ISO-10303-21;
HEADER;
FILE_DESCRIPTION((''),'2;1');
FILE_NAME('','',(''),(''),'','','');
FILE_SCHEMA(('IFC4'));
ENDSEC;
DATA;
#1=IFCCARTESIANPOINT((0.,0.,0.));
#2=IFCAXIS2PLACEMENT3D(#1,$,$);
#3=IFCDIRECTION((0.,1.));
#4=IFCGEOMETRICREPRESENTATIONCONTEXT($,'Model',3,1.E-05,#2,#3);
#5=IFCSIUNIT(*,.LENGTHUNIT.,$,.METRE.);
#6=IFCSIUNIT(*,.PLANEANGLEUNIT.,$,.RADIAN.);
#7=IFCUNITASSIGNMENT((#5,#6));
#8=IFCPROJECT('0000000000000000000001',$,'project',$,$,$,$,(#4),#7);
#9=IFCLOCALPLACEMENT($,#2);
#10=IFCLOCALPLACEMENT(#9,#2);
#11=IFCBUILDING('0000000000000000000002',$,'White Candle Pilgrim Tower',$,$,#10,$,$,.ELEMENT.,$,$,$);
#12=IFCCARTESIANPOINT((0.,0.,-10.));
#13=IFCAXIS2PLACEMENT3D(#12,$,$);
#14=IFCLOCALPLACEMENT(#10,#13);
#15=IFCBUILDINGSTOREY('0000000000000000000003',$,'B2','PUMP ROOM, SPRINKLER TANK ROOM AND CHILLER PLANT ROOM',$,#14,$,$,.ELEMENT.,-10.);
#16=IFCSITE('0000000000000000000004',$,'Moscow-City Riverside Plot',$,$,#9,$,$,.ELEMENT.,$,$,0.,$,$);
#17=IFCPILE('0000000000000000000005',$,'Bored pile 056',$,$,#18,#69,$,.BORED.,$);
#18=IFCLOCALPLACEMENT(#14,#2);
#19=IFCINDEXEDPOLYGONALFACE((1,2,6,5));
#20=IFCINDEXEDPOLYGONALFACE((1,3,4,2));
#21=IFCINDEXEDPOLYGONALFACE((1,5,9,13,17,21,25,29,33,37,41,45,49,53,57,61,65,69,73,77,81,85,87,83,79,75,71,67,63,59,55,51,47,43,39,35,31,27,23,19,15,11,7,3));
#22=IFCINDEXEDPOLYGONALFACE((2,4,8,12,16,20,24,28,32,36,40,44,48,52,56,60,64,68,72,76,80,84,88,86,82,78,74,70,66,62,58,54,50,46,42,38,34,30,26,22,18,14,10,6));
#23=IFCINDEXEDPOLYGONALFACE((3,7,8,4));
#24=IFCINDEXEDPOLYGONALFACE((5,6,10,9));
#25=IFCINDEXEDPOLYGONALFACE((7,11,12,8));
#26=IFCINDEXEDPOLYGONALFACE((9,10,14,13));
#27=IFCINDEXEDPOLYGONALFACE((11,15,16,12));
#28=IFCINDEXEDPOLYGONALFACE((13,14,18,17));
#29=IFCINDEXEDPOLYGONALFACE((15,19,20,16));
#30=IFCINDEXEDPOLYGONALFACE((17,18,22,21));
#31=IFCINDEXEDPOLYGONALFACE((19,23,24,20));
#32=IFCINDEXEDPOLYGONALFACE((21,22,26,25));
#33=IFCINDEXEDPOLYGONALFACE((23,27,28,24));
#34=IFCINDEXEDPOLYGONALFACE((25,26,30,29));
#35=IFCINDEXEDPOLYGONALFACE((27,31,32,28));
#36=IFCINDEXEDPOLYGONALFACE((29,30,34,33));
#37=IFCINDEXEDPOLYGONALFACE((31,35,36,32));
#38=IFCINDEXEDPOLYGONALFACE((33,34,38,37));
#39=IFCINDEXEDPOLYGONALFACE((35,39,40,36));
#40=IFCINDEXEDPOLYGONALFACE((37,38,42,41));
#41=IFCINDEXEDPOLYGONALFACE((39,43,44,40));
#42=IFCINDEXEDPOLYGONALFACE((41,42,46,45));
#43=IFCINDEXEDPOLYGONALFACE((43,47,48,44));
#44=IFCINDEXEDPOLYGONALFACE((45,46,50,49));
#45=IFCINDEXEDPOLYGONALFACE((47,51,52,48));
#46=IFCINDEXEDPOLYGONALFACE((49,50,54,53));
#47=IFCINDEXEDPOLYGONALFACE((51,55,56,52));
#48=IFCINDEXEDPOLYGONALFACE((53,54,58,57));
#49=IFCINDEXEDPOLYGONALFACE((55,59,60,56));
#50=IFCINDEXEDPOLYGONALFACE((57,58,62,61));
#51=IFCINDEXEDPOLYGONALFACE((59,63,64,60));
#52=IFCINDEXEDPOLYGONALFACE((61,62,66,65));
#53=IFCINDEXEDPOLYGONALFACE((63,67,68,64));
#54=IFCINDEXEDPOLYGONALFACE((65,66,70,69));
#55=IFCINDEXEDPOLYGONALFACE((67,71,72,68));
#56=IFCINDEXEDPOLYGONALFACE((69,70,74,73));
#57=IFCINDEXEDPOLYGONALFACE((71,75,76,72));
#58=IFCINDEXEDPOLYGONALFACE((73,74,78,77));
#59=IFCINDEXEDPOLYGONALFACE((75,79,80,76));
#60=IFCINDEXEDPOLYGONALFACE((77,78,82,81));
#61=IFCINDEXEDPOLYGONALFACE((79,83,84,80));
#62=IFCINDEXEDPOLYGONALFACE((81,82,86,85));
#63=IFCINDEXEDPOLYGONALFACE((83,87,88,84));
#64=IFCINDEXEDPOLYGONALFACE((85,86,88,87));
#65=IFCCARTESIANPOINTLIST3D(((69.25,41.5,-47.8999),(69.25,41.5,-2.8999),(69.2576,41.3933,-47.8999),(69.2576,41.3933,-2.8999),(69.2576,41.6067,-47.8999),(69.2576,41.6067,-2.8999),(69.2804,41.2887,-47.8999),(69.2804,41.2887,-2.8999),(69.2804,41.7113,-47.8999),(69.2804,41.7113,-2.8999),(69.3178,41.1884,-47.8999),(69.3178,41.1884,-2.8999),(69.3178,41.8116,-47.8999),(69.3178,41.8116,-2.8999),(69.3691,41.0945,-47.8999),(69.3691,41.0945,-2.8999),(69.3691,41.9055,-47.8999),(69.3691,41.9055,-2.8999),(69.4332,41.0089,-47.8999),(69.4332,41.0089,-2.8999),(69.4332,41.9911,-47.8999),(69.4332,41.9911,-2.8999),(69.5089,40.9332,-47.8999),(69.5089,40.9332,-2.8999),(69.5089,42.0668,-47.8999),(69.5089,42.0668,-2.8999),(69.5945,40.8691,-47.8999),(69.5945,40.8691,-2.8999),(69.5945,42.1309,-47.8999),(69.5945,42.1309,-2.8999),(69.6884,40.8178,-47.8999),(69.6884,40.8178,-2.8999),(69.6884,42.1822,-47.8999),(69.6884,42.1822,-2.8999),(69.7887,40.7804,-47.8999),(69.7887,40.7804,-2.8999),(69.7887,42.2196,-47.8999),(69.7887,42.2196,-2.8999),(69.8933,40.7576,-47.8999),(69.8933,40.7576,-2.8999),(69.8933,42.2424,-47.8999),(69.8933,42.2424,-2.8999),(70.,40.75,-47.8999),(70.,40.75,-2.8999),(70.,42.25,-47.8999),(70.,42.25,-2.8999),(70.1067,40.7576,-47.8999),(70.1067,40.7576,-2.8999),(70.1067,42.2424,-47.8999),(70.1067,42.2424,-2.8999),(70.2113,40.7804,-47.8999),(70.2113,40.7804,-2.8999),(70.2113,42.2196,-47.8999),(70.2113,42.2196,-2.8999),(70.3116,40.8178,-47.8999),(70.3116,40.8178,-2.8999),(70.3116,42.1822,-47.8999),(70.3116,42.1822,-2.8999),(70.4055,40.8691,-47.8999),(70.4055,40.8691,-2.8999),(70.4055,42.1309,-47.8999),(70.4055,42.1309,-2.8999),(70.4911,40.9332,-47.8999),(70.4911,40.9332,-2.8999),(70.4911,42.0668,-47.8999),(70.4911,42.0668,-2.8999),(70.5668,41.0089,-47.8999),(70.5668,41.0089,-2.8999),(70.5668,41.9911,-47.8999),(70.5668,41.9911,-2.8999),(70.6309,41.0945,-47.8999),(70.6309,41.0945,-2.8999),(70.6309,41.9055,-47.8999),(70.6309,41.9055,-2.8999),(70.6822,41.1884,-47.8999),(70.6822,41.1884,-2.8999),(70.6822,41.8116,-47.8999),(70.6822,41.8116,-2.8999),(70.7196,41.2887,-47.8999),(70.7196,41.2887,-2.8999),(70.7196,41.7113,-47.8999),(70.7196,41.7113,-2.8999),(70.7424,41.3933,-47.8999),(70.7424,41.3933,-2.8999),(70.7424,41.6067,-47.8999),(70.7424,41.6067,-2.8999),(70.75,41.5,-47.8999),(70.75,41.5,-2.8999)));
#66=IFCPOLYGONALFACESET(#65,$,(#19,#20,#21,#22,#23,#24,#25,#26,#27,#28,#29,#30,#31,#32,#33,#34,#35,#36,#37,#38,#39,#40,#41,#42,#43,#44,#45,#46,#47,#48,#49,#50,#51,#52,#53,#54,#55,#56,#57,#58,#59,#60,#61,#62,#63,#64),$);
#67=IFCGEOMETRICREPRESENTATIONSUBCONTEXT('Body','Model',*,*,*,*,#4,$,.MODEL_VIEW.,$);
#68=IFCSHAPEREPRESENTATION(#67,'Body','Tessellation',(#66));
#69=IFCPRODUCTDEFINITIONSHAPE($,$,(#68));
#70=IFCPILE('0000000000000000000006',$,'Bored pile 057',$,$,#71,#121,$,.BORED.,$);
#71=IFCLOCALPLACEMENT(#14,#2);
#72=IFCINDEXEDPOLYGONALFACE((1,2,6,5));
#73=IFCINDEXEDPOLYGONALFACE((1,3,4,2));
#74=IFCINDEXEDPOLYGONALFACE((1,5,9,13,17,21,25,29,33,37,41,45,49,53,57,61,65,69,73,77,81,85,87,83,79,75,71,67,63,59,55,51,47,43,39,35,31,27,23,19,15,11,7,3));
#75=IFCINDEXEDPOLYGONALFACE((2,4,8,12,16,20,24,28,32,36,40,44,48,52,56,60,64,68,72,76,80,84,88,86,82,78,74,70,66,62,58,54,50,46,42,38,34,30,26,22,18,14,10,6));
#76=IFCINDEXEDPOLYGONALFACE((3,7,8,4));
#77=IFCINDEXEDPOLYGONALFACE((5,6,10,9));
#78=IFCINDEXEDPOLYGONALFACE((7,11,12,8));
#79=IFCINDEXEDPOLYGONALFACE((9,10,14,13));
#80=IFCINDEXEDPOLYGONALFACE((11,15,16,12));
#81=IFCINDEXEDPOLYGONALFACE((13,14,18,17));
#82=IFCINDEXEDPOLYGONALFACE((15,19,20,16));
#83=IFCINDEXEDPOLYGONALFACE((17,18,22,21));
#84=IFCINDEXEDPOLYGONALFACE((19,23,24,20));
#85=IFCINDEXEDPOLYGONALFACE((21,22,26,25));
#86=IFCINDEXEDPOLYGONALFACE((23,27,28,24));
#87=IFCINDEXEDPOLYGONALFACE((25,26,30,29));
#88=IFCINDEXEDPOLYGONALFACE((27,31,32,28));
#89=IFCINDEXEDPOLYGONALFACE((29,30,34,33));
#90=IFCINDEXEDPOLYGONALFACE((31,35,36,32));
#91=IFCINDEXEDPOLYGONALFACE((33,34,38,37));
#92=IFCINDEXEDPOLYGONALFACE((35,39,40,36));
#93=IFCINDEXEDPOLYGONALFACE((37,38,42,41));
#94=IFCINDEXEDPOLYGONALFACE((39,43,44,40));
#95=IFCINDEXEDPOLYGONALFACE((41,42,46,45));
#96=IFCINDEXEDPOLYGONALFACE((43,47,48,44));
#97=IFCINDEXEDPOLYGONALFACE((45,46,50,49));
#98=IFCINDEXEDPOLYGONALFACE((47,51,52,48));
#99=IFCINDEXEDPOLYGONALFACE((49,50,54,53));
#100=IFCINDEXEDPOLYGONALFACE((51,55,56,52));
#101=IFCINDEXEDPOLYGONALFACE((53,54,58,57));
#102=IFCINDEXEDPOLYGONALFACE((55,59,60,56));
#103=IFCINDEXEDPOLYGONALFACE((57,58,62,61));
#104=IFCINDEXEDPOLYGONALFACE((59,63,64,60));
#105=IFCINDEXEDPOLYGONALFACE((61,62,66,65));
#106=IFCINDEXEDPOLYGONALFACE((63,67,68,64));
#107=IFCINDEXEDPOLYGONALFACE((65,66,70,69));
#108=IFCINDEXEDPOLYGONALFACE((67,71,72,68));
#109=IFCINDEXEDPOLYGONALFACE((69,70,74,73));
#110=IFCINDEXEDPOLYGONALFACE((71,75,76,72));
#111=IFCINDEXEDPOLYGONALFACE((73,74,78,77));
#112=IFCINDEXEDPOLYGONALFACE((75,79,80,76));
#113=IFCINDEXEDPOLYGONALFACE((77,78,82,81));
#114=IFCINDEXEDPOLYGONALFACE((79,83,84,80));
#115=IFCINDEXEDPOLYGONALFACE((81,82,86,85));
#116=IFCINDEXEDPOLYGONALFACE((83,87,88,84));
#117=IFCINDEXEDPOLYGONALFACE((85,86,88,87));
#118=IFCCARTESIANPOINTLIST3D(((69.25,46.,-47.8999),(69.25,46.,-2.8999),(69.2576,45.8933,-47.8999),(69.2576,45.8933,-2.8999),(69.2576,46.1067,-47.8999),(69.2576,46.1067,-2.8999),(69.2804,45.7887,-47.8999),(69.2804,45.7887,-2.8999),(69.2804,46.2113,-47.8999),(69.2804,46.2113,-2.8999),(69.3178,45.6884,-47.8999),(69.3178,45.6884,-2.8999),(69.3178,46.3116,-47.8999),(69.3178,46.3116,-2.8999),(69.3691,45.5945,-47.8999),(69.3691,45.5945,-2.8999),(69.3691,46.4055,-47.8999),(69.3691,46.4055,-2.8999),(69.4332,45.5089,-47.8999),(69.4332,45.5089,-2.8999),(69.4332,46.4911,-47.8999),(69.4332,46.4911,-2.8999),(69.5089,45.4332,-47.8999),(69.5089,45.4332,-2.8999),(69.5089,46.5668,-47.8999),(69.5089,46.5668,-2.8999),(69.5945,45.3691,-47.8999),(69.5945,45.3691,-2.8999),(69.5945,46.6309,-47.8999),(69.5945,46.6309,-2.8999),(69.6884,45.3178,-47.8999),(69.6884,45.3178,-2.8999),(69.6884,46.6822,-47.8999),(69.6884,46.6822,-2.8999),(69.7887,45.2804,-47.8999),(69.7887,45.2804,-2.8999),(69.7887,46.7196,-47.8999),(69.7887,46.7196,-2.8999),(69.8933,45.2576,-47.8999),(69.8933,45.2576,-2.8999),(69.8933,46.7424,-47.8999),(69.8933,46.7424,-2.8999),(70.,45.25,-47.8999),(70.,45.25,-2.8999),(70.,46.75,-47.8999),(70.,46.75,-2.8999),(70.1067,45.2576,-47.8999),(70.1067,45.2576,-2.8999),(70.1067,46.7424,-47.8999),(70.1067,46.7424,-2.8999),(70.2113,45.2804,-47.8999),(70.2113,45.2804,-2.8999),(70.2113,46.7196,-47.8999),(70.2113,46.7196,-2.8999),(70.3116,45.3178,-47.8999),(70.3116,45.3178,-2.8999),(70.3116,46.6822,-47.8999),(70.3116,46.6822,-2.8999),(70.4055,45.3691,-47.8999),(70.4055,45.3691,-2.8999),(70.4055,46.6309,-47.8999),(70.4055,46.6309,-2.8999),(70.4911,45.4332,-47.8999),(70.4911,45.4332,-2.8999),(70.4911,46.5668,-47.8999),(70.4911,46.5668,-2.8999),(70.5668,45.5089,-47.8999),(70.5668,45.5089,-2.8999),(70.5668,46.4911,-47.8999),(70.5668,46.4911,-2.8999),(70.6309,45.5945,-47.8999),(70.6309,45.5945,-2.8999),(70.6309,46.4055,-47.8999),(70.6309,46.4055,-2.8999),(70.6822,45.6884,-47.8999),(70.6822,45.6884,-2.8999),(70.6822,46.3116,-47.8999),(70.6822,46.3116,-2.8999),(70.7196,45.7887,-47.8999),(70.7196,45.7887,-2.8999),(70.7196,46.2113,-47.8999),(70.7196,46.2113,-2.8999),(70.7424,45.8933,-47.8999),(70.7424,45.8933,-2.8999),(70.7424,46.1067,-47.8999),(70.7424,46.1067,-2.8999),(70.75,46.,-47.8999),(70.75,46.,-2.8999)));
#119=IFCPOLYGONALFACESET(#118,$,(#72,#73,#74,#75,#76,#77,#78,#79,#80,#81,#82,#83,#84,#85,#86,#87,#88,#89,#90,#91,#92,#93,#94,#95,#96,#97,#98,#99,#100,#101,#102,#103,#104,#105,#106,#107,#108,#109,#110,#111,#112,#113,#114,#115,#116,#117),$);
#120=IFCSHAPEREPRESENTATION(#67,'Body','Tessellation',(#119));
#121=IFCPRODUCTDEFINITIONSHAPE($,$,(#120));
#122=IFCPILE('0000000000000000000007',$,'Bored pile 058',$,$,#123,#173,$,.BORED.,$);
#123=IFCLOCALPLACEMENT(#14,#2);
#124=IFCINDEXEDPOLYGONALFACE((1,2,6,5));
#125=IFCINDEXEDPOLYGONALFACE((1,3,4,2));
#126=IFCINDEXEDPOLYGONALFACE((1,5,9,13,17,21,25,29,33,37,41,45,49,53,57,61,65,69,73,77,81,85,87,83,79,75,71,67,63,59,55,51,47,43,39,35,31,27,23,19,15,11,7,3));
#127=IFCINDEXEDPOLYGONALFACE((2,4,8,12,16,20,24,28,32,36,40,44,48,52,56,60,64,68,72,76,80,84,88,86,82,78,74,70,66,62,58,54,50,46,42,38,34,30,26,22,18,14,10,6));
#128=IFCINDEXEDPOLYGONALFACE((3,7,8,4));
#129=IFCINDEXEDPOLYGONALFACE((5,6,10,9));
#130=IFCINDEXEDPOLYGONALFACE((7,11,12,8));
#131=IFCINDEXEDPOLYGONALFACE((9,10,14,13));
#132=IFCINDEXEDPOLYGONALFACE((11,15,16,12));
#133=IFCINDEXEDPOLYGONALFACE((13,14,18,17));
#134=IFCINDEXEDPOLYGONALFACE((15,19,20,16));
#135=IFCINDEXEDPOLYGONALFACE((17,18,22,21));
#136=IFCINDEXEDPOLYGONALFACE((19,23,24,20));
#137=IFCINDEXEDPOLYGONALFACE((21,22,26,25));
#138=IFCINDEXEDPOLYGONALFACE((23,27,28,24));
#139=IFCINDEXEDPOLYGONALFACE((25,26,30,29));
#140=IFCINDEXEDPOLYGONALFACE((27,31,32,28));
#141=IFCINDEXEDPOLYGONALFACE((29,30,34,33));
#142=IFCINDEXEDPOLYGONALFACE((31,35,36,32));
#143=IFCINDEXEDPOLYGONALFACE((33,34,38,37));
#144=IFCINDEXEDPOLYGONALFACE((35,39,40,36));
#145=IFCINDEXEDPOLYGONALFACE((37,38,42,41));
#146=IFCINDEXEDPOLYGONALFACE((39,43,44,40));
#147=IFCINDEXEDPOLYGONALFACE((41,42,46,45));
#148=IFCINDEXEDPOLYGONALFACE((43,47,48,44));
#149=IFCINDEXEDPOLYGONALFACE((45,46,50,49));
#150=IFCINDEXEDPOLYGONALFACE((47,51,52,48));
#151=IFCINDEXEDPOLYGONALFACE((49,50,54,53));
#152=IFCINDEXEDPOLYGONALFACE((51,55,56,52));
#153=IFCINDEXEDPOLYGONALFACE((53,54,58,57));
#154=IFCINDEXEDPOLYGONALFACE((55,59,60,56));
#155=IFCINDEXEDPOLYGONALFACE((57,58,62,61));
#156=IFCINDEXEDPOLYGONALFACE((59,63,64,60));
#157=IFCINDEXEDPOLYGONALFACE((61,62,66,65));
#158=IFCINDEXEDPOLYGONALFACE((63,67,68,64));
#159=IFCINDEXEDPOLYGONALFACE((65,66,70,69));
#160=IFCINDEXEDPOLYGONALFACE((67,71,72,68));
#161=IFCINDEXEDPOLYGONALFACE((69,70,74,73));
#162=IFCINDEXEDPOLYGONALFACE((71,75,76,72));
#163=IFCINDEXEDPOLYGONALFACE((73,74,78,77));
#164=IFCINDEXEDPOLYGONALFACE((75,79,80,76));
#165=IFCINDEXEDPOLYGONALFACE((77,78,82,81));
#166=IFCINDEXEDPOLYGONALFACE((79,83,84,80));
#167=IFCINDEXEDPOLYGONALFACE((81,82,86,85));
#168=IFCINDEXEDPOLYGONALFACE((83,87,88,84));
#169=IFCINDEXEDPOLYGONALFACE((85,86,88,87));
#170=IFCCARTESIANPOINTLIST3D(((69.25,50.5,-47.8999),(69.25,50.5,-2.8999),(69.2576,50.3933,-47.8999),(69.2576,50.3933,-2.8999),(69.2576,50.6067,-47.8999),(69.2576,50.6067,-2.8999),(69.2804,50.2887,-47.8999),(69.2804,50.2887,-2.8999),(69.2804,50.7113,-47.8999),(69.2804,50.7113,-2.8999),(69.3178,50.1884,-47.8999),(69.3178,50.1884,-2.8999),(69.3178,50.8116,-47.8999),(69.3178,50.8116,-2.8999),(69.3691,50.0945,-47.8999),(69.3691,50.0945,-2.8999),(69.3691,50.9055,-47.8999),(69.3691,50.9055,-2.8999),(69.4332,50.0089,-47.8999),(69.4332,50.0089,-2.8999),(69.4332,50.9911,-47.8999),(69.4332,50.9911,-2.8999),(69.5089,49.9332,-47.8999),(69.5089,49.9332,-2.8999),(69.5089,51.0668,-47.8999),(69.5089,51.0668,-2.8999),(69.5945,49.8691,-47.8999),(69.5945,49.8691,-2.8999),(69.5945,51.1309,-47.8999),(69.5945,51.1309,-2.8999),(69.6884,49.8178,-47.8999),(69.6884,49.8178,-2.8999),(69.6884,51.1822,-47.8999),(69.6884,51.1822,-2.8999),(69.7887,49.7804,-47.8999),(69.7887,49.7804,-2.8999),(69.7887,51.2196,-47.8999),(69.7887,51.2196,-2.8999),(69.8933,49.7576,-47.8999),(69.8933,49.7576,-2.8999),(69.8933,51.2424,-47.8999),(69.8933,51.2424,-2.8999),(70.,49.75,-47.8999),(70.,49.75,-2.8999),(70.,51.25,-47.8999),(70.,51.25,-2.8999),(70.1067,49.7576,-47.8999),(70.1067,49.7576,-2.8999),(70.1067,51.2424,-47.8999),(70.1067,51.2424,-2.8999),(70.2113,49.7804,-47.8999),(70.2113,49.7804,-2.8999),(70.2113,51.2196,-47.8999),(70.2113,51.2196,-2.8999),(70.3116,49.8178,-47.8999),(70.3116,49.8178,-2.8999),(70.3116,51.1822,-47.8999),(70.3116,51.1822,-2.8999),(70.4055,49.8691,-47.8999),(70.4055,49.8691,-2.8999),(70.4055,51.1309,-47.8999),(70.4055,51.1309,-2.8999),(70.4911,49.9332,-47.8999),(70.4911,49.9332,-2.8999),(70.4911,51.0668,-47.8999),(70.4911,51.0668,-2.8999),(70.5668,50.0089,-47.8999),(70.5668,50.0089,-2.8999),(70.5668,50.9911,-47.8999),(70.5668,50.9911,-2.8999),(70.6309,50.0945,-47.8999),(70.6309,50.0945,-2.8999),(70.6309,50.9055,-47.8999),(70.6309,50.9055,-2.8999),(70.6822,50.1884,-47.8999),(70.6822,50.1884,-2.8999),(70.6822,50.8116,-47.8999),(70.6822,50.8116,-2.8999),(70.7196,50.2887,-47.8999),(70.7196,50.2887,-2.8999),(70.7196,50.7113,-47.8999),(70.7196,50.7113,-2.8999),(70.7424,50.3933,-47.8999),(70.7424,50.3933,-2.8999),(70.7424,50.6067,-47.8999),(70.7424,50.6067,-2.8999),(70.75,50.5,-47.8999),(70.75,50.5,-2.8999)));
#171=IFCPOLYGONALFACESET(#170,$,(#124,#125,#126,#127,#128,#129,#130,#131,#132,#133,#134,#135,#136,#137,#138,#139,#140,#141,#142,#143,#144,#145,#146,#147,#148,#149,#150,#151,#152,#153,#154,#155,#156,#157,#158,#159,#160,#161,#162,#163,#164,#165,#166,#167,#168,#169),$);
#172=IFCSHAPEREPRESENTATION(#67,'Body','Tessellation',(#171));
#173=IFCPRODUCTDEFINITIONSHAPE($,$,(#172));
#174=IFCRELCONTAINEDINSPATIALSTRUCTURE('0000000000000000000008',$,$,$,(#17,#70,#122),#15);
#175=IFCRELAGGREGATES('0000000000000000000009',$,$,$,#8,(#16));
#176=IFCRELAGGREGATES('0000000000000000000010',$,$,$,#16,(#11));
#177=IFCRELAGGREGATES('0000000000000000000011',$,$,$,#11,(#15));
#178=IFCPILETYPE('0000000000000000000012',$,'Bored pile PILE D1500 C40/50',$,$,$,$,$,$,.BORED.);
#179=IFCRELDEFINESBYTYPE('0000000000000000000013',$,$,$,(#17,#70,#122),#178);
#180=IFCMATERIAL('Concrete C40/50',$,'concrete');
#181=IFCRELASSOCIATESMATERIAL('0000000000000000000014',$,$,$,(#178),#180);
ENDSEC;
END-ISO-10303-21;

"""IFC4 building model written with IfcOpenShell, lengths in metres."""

from ifc_helpers import new_model, si_unit, direction, frame, origin, origin_2d, place, context, subcontext, project, spatial, circle, extrude, material, material_profile, profile_set, type_object, element, save


model = new_model("IFC4")

# Units and contexts
model_context = context("Model", 3, precision=1e-05, world=origin(), true_north=direction((0.0, 1.0)))
body_context = subcontext(model_context, "Body", "Model", "MODEL_VIEW")
ifc_project = project(units=[si_unit("LENGTHUNIT", "METRE"), si_unit("PLANEANGLEUNIT", "RADIAN")], contexts=[model_context])

# Site, building, storey
site_placement = place(None, origin())
site = spatial("IfcSite", under=ifc_project, at=site_placement, Name="Moscow-City Riverside Plot", CompositionType="ELEMENT", RefElevation=0.0)
building_placement = place(site_placement, origin())
building = spatial("IfcBuilding", under=site, at=building_placement, Name="White Candle Pilgrim Tower", CompositionType="ELEMENT")
storey_placement = place(building_placement, frame((0.0, 0.0, -10.0)))
storey = spatial("IfcBuildingStorey", under=building, at=storey_placement, Name="B2", Description="PUMP ROOM, SPRINKLER TANK ROOM AND CHILLER PLANT ROOM", CompositionType="ELEMENT", Elevation=-10.0)

# Piles
ifc_material_1 = material(Name="Concrete C40/50", Category="concrete")
ifc_material_profile_1 = material_profile(ifc_material_1, circle(Radius=0.75, at=origin_2d()), Name="PILE D1500")
ifc_profile_set_1 = profile_set([ifc_material_profile_1], Name="Concrete C40/50")
pile_type = type_object("IfcPileType", Name="Bored pile PILE D1500 C40/50", PredefinedType="BORED", material=ifc_profile_set_1)
for number, where, z_axis, x_axis, name in (
    (1, (70.0, 41.5, -2.8999), (0.0, 0.0, -1.0), (1.0, 0.0, 0.0), "Bored pile 056"),
    (2, (70.0, 46.0, -2.8999), (0.0, 0.0, -1.0), (1.0, 0.0, 0.0), "Bored pile 057"),
    (3, (70.0, 50.5, -2.8999), (0.0, 0.0, -1.0), (1.0, 0.0, 0.0), "Bored pile 058"),
):
    element("IfcPile", number, at=place(storey_placement, frame(where, z_axis=z_axis, x_axis=x_axis)), inside=storey, type_object=pile_type, Name=name, PredefinedType="BORED", context=body_context, shape_type="SweptSolid", body=[
        extrude(circle(Radius=0.75, at=origin_2d()), origin(), (0.0, 0.0, 1.0), 45.0),
    ])

save(model, "model.ifc")
